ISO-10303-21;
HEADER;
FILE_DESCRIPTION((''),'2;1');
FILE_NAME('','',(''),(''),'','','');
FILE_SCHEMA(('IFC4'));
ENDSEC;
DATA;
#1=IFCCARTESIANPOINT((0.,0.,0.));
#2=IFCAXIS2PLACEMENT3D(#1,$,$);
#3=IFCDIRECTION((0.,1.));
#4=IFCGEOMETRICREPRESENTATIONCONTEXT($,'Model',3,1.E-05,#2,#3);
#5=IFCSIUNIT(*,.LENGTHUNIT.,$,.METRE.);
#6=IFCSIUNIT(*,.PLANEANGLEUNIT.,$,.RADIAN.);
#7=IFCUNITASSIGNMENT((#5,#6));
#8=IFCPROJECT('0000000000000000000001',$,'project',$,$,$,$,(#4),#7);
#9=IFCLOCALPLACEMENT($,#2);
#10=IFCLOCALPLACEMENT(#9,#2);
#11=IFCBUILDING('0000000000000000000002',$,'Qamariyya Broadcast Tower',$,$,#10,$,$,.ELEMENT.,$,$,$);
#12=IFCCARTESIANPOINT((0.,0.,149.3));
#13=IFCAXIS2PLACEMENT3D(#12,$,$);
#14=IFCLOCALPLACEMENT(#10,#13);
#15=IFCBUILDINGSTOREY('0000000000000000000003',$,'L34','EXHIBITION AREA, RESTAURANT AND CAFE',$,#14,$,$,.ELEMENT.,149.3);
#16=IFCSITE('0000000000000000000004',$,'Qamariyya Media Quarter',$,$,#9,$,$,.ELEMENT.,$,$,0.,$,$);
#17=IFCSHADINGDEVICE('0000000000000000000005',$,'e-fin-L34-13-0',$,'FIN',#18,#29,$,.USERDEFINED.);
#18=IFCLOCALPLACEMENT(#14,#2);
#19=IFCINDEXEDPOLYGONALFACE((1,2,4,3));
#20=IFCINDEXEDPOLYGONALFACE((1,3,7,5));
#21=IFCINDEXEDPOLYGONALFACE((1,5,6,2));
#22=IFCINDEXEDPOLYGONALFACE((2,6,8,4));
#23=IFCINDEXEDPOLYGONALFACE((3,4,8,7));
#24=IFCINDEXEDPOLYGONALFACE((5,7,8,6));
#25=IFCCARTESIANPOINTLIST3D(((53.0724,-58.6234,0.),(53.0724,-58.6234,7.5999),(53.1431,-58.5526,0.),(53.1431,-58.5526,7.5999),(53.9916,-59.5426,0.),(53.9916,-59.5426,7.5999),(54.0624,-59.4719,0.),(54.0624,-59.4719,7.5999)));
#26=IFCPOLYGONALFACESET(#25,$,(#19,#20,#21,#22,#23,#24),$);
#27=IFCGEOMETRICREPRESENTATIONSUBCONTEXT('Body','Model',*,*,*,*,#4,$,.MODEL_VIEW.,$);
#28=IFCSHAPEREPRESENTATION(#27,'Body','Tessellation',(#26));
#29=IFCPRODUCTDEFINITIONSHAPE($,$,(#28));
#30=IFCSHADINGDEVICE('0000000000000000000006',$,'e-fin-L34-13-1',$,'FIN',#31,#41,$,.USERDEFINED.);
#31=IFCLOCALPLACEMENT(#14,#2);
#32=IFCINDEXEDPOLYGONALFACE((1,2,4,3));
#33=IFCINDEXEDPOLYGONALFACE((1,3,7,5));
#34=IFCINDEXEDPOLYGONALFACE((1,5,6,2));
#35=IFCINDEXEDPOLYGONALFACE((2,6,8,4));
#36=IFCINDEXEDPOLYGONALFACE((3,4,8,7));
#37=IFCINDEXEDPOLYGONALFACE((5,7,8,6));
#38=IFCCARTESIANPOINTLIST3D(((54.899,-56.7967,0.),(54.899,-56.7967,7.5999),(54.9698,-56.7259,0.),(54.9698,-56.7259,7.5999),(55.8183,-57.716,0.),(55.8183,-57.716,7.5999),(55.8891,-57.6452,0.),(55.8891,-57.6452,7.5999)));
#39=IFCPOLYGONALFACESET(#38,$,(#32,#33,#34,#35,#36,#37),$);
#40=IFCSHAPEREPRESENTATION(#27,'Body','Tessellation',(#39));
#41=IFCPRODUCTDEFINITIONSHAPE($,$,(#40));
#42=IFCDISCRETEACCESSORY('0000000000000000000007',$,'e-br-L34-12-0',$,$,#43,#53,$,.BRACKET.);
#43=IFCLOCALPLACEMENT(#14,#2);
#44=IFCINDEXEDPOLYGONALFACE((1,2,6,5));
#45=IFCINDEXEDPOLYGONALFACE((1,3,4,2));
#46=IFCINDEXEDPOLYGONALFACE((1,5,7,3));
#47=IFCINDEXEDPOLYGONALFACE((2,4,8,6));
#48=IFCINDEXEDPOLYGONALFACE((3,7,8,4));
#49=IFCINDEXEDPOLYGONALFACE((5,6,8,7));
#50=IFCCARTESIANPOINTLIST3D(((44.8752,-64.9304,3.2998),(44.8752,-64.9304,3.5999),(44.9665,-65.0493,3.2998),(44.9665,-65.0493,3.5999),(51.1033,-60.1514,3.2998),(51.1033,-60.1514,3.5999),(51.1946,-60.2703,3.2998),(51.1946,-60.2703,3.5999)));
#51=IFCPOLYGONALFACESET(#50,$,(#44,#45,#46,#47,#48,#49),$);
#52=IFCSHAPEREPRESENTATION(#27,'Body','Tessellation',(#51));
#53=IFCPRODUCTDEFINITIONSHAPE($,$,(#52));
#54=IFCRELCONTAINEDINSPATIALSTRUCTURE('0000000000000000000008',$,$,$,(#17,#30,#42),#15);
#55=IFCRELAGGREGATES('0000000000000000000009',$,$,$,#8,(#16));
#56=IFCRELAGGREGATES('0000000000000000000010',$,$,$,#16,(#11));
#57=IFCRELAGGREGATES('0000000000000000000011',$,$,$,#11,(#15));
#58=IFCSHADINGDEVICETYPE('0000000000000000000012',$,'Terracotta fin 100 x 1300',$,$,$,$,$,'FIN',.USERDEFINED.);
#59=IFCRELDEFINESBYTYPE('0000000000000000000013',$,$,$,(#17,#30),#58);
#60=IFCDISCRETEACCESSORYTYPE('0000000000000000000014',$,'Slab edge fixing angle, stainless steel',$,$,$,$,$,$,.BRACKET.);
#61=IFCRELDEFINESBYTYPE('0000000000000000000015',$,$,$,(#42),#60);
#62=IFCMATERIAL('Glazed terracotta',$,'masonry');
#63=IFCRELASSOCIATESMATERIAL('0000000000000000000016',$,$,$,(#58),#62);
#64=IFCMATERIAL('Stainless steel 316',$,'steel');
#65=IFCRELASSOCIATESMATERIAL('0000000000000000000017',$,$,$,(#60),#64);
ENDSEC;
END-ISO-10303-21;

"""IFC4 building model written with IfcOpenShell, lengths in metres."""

from ifc_helpers import new_model, si_unit, direction, frame, origin, origin_2d, place, context, subcontext, project, spatial, rectangle, extrude, material, material_profile, profile_set, type_object, element, save


model = new_model("IFC4")

# Units and contexts
model_context = context("Model", 3, precision=1e-05, world=origin(), true_north=direction((0.0, 1.0)))
body_context = subcontext(model_context, "Body", "Model", "MODEL_VIEW")
ifc_project = project(units=[si_unit("LENGTHUNIT", "METRE"), si_unit("PLANEANGLEUNIT", "RADIAN")], contexts=[model_context])

# Site, building, storey
site_placement = place(None, origin())
site = spatial("IfcSite", under=ifc_project, at=site_placement, Name="Qamariyya Media Quarter", CompositionType="ELEMENT", RefElevation=0.0)
building_placement = place(site_placement, origin())
building = spatial("IfcBuilding", under=site, at=building_placement, Name="Qamariyya Broadcast Tower", CompositionType="ELEMENT")
storey_placement = place(building_placement, frame((0.0, 0.0, 149.3)))
storey = spatial("IfcBuildingStorey", under=building, at=storey_placement, Name="L34", Description="EXHIBITION AREA, RESTAURANT AND CAFE", CompositionType="ELEMENT", Elevation=149.3)

# Shading devices
ifc_material_1 = material(Name="Glazed terracotta", Category="masonry")
ifc_material_profile_1 = material_profile(ifc_material_1, rectangle(XDim=1.3, YDim=0.1001, at=origin_2d()))
ifc_profile_set_1 = profile_set([ifc_material_profile_1], Name="Glazed terracotta")
shading_device_type_1 = type_object("IfcShadingDeviceType", Name="Terracotta fin 100 x 1300", ElementType="FIN", PredefinedType="USERDEFINED", material=ifc_profile_set_1)
for number, where, z_axis, x_axis, name in (
    (1, (53.5674, -59.0476, 0.0), (0.0, 0.0, 1.0), (0.707107, -0.707107, 0.0), "e-fin-L34-13-0"),
    (2, (55.394, -57.2209, 0.0), (0.0, 0.0, 1.0), (0.707107, -0.707107, 0.0), "e-fin-L34-13-1"),
):
    element("IfcShadingDevice", number, at=place(storey_placement, frame(where, z_axis=z_axis, x_axis=x_axis)), inside=storey, type_object=shading_device_type_1, Name=name, ObjectType="FIN", PredefinedType="USERDEFINED", context=body_context, shape_type="SweptSolid", body=[
        extrude(rectangle(XDim=1.3, YDim=0.1001, at=origin_2d()), origin(), (0.0, 0.0, 1.0), 7.5999),
    ])

# Discrete accessory
ifc_material_2 = material(Name="Stainless steel 316", Category="steel")
discrete_accessory_type = type_object("IfcDiscreteAccessoryType", Name="Slab edge fixing angle, stainless steel", PredefinedType="BRACKET", material=ifc_material_2)
discrete_accessory_placement = place(storey_placement, frame((48.0349, -62.6003, 3.2998), z_axis=(0.0, 0.0, 1.0), x_axis=(0.793353, 0.608761, 0.0)))
element("IfcDiscreteAccessory", 3, at=discrete_accessory_placement, inside=storey, type_object=discrete_accessory_type, Name="e-br-L34-12-0", PredefinedType="BRACKET", context=body_context, shape_type="SweptSolid", body=[
    extrude(rectangle(XDim=7.8503, YDim=0.1499, at=origin_2d()), origin(), (0.0, 0.0, 1.0), 0.3),
])

save(model, "model.ifc")
